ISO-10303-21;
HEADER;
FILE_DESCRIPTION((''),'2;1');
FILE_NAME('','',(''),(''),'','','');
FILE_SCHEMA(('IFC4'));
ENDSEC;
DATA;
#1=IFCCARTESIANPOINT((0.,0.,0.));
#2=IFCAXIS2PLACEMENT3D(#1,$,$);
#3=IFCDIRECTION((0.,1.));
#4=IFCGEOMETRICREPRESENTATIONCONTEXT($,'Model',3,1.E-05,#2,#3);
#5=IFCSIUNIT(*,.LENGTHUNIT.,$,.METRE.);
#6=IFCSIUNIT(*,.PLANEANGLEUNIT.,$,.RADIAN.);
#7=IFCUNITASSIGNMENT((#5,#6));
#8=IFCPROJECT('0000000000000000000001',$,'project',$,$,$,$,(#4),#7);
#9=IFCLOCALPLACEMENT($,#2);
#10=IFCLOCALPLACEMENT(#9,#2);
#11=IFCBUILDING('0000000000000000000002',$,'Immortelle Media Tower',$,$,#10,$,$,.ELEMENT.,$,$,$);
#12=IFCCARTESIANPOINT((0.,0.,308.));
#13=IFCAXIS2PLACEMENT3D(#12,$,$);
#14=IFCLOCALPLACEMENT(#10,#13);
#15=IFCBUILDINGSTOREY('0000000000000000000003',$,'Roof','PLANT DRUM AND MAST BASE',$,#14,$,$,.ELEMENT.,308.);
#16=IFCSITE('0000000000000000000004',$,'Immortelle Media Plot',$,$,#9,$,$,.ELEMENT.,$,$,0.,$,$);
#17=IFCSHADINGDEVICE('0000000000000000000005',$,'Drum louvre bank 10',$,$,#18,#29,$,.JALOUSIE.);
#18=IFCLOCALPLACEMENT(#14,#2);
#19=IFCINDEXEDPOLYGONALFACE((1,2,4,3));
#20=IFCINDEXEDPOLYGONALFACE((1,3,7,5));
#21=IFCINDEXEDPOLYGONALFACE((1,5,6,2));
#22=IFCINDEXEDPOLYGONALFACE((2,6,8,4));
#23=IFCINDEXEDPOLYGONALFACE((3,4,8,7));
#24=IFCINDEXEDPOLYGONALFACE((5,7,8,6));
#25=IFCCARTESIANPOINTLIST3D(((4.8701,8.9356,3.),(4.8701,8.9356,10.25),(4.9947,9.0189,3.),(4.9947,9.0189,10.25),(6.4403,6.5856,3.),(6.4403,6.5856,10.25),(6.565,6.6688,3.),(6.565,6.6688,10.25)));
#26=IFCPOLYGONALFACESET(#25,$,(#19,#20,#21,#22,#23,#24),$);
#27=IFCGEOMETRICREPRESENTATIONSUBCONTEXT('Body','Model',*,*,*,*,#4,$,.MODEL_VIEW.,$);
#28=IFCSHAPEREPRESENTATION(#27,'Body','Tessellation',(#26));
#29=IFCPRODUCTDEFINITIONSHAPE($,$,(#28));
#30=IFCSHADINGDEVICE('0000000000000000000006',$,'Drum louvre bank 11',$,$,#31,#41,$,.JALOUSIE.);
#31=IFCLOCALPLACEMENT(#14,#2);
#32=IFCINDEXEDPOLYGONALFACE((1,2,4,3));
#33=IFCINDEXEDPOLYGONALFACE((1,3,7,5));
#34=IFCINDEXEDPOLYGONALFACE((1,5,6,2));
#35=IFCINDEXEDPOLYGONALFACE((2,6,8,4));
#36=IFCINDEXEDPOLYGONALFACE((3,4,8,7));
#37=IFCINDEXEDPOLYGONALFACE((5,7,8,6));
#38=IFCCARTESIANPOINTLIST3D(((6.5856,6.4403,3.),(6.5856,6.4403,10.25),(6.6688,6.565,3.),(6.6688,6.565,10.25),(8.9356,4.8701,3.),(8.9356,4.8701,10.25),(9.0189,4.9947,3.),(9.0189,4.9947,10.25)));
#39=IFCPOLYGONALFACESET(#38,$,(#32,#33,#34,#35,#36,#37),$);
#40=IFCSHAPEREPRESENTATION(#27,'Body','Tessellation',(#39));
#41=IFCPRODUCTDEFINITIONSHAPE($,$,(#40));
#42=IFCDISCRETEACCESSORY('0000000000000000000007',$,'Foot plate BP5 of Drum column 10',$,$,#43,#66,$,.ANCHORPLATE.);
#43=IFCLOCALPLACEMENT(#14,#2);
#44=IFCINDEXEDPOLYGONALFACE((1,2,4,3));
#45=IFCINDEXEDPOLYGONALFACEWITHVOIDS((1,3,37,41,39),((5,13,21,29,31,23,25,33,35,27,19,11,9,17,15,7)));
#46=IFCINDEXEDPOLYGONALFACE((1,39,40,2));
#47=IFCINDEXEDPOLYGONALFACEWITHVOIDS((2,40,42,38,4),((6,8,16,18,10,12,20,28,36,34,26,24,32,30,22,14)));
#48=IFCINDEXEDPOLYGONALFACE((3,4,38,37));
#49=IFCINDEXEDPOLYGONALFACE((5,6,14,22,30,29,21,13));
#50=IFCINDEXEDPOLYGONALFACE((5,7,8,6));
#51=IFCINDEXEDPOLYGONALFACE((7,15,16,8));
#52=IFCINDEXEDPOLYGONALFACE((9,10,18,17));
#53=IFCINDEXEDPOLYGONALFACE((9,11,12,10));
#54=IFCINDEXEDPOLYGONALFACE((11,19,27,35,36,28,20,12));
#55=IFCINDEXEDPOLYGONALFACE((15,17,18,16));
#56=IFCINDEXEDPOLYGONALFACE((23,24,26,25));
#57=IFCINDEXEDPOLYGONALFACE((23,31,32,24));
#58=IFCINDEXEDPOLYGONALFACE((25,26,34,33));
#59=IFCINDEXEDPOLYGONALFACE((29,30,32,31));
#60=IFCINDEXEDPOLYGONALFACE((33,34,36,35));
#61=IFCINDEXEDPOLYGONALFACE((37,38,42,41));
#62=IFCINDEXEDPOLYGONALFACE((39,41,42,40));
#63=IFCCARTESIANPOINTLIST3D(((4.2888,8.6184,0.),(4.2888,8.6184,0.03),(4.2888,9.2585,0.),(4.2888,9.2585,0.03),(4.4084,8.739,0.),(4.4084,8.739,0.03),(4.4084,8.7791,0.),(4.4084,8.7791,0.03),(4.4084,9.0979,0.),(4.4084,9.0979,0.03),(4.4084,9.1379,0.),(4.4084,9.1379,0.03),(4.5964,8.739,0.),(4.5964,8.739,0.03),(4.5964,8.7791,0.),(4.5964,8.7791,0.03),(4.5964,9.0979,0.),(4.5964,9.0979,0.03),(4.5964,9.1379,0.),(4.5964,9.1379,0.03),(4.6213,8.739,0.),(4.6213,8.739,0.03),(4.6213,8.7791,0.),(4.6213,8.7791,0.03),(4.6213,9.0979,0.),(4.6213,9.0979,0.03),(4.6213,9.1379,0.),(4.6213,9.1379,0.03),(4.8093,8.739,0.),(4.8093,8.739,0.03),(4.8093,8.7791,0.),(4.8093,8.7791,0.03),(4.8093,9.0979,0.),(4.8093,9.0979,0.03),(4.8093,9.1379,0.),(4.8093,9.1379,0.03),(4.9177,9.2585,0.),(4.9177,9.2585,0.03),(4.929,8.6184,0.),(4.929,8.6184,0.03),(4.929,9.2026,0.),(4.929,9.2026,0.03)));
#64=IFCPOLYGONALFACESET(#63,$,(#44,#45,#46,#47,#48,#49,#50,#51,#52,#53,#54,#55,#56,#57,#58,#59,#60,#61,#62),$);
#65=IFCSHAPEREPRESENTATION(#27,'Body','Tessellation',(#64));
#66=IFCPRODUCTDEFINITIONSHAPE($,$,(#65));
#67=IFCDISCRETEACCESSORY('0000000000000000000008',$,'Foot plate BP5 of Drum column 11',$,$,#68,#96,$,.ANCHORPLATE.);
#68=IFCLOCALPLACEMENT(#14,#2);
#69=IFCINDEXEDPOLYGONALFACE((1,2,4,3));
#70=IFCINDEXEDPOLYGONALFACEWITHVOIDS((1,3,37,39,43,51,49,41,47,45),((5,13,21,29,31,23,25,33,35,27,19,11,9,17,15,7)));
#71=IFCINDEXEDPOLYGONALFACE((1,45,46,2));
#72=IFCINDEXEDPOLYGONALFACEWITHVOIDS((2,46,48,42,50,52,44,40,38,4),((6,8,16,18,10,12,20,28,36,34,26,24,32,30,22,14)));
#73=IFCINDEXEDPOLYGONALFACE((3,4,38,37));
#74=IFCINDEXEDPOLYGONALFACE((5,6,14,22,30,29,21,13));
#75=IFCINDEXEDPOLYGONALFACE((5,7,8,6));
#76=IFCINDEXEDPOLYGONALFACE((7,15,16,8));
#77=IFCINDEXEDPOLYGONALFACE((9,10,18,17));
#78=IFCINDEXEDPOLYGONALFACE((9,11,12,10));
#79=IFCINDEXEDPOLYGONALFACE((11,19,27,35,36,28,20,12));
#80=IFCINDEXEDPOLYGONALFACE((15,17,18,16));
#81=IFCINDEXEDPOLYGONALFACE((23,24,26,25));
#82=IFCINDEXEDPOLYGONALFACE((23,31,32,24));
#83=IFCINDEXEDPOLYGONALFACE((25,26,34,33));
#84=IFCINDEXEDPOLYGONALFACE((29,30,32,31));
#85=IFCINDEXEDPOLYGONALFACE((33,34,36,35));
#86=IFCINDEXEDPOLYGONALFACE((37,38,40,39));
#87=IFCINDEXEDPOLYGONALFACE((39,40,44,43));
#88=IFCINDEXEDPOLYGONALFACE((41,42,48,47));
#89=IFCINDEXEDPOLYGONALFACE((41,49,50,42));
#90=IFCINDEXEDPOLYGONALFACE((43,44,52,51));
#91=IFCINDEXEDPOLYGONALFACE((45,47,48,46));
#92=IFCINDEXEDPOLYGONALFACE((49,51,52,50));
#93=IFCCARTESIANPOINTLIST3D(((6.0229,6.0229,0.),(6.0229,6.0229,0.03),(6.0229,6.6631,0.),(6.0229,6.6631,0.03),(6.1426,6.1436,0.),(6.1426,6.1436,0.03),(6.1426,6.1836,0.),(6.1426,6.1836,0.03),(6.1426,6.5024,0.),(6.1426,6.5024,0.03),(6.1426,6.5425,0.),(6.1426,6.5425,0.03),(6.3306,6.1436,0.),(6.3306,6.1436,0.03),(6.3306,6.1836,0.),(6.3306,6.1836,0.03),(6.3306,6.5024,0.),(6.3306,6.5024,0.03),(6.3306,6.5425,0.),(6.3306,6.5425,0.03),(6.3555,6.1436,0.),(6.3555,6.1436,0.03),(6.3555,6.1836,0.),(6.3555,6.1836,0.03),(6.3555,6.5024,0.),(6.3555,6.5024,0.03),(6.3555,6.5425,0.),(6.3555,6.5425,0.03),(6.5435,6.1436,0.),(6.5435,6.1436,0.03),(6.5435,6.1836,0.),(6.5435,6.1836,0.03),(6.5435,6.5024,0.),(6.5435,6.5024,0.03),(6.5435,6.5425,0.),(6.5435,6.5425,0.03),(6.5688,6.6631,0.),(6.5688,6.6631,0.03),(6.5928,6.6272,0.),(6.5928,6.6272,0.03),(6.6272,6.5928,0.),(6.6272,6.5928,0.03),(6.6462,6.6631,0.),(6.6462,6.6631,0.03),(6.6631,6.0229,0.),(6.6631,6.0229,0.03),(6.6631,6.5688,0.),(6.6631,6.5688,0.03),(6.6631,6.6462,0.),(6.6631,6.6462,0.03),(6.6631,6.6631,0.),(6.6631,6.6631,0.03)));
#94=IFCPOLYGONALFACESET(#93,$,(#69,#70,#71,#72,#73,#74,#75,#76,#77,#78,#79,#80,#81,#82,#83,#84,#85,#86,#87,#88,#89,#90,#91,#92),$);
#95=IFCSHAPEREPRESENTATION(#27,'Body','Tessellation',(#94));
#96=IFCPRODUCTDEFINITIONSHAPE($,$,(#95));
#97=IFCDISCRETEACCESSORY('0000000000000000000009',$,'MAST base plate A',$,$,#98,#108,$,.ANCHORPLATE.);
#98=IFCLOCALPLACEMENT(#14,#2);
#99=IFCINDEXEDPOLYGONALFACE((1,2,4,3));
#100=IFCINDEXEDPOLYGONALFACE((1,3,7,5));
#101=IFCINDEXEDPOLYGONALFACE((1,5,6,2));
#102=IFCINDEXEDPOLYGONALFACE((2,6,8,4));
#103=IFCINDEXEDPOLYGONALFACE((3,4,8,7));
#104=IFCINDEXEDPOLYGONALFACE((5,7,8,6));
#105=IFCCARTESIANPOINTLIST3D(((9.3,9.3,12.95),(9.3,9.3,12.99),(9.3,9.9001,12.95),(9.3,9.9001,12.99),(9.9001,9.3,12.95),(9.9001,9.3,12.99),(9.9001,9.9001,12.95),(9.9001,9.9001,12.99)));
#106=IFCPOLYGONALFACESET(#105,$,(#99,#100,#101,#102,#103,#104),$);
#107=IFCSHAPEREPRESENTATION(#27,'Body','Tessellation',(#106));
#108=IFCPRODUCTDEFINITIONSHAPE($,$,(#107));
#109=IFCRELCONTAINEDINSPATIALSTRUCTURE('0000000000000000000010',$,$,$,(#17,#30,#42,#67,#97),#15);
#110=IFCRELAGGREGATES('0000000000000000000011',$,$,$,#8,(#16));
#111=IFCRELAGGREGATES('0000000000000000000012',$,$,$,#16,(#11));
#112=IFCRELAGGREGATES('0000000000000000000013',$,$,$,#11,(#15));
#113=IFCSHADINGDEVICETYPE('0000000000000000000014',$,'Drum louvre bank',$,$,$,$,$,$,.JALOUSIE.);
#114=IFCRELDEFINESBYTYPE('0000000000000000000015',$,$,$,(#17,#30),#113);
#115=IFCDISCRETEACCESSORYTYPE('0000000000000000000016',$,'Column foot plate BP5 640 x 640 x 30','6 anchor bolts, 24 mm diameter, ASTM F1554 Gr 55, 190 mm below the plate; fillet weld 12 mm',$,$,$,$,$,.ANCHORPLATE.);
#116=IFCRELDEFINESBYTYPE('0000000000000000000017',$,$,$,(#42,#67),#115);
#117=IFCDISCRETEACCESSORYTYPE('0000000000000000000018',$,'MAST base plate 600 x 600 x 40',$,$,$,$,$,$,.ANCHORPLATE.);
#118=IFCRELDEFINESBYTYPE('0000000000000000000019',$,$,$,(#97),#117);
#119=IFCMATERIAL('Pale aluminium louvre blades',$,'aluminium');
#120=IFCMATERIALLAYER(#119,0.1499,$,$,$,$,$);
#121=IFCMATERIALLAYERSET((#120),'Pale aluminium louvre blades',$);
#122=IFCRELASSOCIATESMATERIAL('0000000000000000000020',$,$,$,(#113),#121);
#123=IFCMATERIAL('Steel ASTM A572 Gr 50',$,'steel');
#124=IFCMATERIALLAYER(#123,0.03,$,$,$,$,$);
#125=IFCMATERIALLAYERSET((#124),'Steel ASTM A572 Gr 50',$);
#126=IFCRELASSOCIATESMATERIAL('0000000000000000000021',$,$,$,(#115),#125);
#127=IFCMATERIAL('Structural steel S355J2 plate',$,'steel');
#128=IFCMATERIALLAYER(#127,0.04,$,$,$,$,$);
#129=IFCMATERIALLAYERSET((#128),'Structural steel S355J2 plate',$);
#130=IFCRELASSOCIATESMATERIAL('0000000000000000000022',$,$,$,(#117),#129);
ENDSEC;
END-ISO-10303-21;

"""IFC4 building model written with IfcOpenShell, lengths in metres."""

from ifc_helpers import new_model, si_unit, direction, frame, origin, origin_2d, place, context, subcontext, project, spatial, polyline, rectangle, outline, extrude, material, layer, layer_set, type_object, element, save


model = new_model("IFC4")

# Units and contexts
model_context = context("Model", 3, precision=1e-05, world=origin(), true_north=direction((0.0, 1.0)))
body_context = subcontext(model_context, "Body", "Model", "MODEL_VIEW")
ifc_project = project(units=[si_unit("LENGTHUNIT", "METRE"), si_unit("PLANEANGLEUNIT", "RADIAN")], contexts=[model_context])

# Site, building, storey
site_placement = place(None, origin())
site = spatial("IfcSite", under=ifc_project, at=site_placement, Name="Immortelle Media Plot", CompositionType="ELEMENT", RefElevation=0.0)
building_placement = place(site_placement, origin())
building = spatial("IfcBuilding", under=site, at=building_placement, Name="Immortelle Media Tower", CompositionType="ELEMENT")
storey_placement = place(building_placement, frame((0.0, 0.0, 308.0)))
storey = spatial("IfcBuildingStorey", under=building, at=storey_placement, Name="Roof", Description="PLANT DRUM AND MAST BASE", CompositionType="ELEMENT", Elevation=308.0)

# Shading devices
ifc_material_1 = material(Name="Pale aluminium louvre blades", Category="aluminium")
ifc_layer_1 = layer(ifc_material_1, 0.1499)
ifc_layer_set_1 = layer_set([ifc_layer_1], Name="Pale aluminium louvre blades")
shading_device_type = type_object("IfcShadingDeviceType", Name="Drum louvre bank", PredefinedType="JALOUSIE", material=ifc_layer_set_1)
for number, where, z_axis, x_axis, name in (
    (1, (5.7175, 7.8022, 3.0), (0.0, 0.0, 1.0), (0.55557, -0.83147, 0.0), "Drum louvre bank 10"),
    (2, (7.8022, 5.7175, 3.0), (0.0, 0.0, 1.0), (0.83147, -0.55557, 0.0), "Drum louvre bank 11"),
):
    element("IfcShadingDevice", number, at=place(storey_placement, frame(where, z_axis=z_axis, x_axis=x_axis)), inside=storey, type_object=shading_device_type, Name=name, PredefinedType="JALOUSIE", context=body_context, shape_type="SweptSolid", body=[
        extrude(rectangle(XDim=2.8264, YDim=0.1499, at=origin_2d()), origin(), (0.0, 0.0, 1.0), 7.25),
    ])

# Discrete accessories
ifc_material_2 = material(Name="Steel ASTM A572 Gr 50", Category="steel")
ifc_layer_2 = layer(ifc_material_2, 0.03)
ifc_layer_set_2 = layer_set([ifc_layer_2], Name="Steel ASTM A572 Gr 50")
discrete_accessory_type_1 = type_object("IfcDiscreteAccessoryType", Name="Column foot plate BP5 640 x 640 x 30", Description="6 anchor bolts, 24 mm diameter, ASTM F1554 Gr 55, 190 mm below the plate; fillet weld 12 mm", PredefinedType="ANCHORPLATE", material=ifc_layer_set_2)
discrete_accessory_1_placement = place(storey_placement, frame((4.6089, 8.9385, 0.0), z_axis=(0.0, 0.0, 1.0), x_axis=(1.0, 0.0, 0.0)))
element("IfcDiscreteAccessory", 3, at=discrete_accessory_1_placement, inside=storey, type_object=discrete_accessory_type_1, Name="Foot plate BP5 of Drum column 10", PredefinedType="ANCHORPLATE", context=body_context, shape_type="SweptSolid", body=[
    extrude(outline(polyline([(-0.3201, -0.3201), (0.3201, -0.3201), (0.3201, 0.2642), (0.3088, 0.3201), (-0.3201, 0.3201), (-0.3201, -0.3201)]), holes=[polyline([(0.0125, -0.1594), (0.2004, -0.1594), (0.2004, -0.1995), (0.0125, -0.1995), (-0.0125, -0.1995), (-0.2004, -0.1995), (-0.2004, -0.1594), (-0.0125, -0.1594), (-0.0125, 0.1594), (-0.2004, 0.1594), (-0.2004, 0.1995), (-0.0125, 0.1995), (0.0125, 0.1995), (0.2004, 0.1995), (0.2004, 0.1594), (0.0125, 0.1594), (0.0125, -0.1594)])]), origin(), (0.0, 0.0, 1.0), 0.03),
])
discrete_accessory_2_placement = place(storey_placement, frame((6.343, 6.343, 0.0), z_axis=(0.0, 0.0, 1.0), x_axis=(1.0, 0.0, 0.0)))
element("IfcDiscreteAccessory", 4, at=discrete_accessory_2_placement, inside=storey, type_object=discrete_accessory_type_1, Name="Foot plate BP5 of Drum column 11", PredefinedType="ANCHORPLATE", context=body_context, shape_type="SweptSolid", body=[
    extrude(outline(polyline([(-0.3201, -0.3201), (0.3201, -0.3201), (0.3201, 0.2258), (0.2842, 0.2498), (0.3201, 0.3032), (0.3201, 0.3201), (0.3032, 0.3201), (0.2498, 0.2842), (0.2258, 0.3201), (-0.3201, 0.3201), (-0.3201, -0.3201)]), holes=[polyline([(0.0125, -0.1594), (0.2004, -0.1594), (0.2004, -0.1995), (0.0125, -0.1995), (-0.0125, -0.1995), (-0.2004, -0.1995), (-0.2004, -0.1594), (-0.0125, -0.1594), (-0.0125, 0.1594), (-0.2004, 0.1594), (-0.2004, 0.1995), (-0.0125, 0.1995), (0.0125, 0.1995), (0.2004, 0.1995), (0.2004, 0.1594), (0.0125, 0.1594), (0.0125, -0.1594)])]), origin(), (0.0, 0.0, 1.0), 0.03),
])
ifc_material_3 = material(Name="Structural steel S355J2 plate", Category="steel")
ifc_layer_3 = layer(ifc_material_3, 0.04)
ifc_layer_set_3 = layer_set([ifc_layer_3], Name="Structural steel S355J2 plate")
discrete_accessory_type_2 = type_object("IfcDiscreteAccessoryType", Name="MAST base plate 600 x 600 x 40", PredefinedType="ANCHORPLATE", material=ifc_layer_set_3)
discrete_accessory_3_placement = place(storey_placement, frame((9.6001, 9.6001, 12.95), z_axis=(0.0, 0.0, 1.0), x_axis=(1.0, 0.0, 0.0)))
element("IfcDiscreteAccessory", 5, at=discrete_accessory_3_placement, inside=storey, type_object=discrete_accessory_type_2, Name="MAST base plate A", PredefinedType="ANCHORPLATE", context=body_context, shape_type="SweptSolid", body=[
    extrude(rectangle(XDim=0.6001, YDim=0.6001, at=origin_2d()), origin(), (0.0, 0.0, 1.0), 0.04),
])

save(model, "model.ifc")
